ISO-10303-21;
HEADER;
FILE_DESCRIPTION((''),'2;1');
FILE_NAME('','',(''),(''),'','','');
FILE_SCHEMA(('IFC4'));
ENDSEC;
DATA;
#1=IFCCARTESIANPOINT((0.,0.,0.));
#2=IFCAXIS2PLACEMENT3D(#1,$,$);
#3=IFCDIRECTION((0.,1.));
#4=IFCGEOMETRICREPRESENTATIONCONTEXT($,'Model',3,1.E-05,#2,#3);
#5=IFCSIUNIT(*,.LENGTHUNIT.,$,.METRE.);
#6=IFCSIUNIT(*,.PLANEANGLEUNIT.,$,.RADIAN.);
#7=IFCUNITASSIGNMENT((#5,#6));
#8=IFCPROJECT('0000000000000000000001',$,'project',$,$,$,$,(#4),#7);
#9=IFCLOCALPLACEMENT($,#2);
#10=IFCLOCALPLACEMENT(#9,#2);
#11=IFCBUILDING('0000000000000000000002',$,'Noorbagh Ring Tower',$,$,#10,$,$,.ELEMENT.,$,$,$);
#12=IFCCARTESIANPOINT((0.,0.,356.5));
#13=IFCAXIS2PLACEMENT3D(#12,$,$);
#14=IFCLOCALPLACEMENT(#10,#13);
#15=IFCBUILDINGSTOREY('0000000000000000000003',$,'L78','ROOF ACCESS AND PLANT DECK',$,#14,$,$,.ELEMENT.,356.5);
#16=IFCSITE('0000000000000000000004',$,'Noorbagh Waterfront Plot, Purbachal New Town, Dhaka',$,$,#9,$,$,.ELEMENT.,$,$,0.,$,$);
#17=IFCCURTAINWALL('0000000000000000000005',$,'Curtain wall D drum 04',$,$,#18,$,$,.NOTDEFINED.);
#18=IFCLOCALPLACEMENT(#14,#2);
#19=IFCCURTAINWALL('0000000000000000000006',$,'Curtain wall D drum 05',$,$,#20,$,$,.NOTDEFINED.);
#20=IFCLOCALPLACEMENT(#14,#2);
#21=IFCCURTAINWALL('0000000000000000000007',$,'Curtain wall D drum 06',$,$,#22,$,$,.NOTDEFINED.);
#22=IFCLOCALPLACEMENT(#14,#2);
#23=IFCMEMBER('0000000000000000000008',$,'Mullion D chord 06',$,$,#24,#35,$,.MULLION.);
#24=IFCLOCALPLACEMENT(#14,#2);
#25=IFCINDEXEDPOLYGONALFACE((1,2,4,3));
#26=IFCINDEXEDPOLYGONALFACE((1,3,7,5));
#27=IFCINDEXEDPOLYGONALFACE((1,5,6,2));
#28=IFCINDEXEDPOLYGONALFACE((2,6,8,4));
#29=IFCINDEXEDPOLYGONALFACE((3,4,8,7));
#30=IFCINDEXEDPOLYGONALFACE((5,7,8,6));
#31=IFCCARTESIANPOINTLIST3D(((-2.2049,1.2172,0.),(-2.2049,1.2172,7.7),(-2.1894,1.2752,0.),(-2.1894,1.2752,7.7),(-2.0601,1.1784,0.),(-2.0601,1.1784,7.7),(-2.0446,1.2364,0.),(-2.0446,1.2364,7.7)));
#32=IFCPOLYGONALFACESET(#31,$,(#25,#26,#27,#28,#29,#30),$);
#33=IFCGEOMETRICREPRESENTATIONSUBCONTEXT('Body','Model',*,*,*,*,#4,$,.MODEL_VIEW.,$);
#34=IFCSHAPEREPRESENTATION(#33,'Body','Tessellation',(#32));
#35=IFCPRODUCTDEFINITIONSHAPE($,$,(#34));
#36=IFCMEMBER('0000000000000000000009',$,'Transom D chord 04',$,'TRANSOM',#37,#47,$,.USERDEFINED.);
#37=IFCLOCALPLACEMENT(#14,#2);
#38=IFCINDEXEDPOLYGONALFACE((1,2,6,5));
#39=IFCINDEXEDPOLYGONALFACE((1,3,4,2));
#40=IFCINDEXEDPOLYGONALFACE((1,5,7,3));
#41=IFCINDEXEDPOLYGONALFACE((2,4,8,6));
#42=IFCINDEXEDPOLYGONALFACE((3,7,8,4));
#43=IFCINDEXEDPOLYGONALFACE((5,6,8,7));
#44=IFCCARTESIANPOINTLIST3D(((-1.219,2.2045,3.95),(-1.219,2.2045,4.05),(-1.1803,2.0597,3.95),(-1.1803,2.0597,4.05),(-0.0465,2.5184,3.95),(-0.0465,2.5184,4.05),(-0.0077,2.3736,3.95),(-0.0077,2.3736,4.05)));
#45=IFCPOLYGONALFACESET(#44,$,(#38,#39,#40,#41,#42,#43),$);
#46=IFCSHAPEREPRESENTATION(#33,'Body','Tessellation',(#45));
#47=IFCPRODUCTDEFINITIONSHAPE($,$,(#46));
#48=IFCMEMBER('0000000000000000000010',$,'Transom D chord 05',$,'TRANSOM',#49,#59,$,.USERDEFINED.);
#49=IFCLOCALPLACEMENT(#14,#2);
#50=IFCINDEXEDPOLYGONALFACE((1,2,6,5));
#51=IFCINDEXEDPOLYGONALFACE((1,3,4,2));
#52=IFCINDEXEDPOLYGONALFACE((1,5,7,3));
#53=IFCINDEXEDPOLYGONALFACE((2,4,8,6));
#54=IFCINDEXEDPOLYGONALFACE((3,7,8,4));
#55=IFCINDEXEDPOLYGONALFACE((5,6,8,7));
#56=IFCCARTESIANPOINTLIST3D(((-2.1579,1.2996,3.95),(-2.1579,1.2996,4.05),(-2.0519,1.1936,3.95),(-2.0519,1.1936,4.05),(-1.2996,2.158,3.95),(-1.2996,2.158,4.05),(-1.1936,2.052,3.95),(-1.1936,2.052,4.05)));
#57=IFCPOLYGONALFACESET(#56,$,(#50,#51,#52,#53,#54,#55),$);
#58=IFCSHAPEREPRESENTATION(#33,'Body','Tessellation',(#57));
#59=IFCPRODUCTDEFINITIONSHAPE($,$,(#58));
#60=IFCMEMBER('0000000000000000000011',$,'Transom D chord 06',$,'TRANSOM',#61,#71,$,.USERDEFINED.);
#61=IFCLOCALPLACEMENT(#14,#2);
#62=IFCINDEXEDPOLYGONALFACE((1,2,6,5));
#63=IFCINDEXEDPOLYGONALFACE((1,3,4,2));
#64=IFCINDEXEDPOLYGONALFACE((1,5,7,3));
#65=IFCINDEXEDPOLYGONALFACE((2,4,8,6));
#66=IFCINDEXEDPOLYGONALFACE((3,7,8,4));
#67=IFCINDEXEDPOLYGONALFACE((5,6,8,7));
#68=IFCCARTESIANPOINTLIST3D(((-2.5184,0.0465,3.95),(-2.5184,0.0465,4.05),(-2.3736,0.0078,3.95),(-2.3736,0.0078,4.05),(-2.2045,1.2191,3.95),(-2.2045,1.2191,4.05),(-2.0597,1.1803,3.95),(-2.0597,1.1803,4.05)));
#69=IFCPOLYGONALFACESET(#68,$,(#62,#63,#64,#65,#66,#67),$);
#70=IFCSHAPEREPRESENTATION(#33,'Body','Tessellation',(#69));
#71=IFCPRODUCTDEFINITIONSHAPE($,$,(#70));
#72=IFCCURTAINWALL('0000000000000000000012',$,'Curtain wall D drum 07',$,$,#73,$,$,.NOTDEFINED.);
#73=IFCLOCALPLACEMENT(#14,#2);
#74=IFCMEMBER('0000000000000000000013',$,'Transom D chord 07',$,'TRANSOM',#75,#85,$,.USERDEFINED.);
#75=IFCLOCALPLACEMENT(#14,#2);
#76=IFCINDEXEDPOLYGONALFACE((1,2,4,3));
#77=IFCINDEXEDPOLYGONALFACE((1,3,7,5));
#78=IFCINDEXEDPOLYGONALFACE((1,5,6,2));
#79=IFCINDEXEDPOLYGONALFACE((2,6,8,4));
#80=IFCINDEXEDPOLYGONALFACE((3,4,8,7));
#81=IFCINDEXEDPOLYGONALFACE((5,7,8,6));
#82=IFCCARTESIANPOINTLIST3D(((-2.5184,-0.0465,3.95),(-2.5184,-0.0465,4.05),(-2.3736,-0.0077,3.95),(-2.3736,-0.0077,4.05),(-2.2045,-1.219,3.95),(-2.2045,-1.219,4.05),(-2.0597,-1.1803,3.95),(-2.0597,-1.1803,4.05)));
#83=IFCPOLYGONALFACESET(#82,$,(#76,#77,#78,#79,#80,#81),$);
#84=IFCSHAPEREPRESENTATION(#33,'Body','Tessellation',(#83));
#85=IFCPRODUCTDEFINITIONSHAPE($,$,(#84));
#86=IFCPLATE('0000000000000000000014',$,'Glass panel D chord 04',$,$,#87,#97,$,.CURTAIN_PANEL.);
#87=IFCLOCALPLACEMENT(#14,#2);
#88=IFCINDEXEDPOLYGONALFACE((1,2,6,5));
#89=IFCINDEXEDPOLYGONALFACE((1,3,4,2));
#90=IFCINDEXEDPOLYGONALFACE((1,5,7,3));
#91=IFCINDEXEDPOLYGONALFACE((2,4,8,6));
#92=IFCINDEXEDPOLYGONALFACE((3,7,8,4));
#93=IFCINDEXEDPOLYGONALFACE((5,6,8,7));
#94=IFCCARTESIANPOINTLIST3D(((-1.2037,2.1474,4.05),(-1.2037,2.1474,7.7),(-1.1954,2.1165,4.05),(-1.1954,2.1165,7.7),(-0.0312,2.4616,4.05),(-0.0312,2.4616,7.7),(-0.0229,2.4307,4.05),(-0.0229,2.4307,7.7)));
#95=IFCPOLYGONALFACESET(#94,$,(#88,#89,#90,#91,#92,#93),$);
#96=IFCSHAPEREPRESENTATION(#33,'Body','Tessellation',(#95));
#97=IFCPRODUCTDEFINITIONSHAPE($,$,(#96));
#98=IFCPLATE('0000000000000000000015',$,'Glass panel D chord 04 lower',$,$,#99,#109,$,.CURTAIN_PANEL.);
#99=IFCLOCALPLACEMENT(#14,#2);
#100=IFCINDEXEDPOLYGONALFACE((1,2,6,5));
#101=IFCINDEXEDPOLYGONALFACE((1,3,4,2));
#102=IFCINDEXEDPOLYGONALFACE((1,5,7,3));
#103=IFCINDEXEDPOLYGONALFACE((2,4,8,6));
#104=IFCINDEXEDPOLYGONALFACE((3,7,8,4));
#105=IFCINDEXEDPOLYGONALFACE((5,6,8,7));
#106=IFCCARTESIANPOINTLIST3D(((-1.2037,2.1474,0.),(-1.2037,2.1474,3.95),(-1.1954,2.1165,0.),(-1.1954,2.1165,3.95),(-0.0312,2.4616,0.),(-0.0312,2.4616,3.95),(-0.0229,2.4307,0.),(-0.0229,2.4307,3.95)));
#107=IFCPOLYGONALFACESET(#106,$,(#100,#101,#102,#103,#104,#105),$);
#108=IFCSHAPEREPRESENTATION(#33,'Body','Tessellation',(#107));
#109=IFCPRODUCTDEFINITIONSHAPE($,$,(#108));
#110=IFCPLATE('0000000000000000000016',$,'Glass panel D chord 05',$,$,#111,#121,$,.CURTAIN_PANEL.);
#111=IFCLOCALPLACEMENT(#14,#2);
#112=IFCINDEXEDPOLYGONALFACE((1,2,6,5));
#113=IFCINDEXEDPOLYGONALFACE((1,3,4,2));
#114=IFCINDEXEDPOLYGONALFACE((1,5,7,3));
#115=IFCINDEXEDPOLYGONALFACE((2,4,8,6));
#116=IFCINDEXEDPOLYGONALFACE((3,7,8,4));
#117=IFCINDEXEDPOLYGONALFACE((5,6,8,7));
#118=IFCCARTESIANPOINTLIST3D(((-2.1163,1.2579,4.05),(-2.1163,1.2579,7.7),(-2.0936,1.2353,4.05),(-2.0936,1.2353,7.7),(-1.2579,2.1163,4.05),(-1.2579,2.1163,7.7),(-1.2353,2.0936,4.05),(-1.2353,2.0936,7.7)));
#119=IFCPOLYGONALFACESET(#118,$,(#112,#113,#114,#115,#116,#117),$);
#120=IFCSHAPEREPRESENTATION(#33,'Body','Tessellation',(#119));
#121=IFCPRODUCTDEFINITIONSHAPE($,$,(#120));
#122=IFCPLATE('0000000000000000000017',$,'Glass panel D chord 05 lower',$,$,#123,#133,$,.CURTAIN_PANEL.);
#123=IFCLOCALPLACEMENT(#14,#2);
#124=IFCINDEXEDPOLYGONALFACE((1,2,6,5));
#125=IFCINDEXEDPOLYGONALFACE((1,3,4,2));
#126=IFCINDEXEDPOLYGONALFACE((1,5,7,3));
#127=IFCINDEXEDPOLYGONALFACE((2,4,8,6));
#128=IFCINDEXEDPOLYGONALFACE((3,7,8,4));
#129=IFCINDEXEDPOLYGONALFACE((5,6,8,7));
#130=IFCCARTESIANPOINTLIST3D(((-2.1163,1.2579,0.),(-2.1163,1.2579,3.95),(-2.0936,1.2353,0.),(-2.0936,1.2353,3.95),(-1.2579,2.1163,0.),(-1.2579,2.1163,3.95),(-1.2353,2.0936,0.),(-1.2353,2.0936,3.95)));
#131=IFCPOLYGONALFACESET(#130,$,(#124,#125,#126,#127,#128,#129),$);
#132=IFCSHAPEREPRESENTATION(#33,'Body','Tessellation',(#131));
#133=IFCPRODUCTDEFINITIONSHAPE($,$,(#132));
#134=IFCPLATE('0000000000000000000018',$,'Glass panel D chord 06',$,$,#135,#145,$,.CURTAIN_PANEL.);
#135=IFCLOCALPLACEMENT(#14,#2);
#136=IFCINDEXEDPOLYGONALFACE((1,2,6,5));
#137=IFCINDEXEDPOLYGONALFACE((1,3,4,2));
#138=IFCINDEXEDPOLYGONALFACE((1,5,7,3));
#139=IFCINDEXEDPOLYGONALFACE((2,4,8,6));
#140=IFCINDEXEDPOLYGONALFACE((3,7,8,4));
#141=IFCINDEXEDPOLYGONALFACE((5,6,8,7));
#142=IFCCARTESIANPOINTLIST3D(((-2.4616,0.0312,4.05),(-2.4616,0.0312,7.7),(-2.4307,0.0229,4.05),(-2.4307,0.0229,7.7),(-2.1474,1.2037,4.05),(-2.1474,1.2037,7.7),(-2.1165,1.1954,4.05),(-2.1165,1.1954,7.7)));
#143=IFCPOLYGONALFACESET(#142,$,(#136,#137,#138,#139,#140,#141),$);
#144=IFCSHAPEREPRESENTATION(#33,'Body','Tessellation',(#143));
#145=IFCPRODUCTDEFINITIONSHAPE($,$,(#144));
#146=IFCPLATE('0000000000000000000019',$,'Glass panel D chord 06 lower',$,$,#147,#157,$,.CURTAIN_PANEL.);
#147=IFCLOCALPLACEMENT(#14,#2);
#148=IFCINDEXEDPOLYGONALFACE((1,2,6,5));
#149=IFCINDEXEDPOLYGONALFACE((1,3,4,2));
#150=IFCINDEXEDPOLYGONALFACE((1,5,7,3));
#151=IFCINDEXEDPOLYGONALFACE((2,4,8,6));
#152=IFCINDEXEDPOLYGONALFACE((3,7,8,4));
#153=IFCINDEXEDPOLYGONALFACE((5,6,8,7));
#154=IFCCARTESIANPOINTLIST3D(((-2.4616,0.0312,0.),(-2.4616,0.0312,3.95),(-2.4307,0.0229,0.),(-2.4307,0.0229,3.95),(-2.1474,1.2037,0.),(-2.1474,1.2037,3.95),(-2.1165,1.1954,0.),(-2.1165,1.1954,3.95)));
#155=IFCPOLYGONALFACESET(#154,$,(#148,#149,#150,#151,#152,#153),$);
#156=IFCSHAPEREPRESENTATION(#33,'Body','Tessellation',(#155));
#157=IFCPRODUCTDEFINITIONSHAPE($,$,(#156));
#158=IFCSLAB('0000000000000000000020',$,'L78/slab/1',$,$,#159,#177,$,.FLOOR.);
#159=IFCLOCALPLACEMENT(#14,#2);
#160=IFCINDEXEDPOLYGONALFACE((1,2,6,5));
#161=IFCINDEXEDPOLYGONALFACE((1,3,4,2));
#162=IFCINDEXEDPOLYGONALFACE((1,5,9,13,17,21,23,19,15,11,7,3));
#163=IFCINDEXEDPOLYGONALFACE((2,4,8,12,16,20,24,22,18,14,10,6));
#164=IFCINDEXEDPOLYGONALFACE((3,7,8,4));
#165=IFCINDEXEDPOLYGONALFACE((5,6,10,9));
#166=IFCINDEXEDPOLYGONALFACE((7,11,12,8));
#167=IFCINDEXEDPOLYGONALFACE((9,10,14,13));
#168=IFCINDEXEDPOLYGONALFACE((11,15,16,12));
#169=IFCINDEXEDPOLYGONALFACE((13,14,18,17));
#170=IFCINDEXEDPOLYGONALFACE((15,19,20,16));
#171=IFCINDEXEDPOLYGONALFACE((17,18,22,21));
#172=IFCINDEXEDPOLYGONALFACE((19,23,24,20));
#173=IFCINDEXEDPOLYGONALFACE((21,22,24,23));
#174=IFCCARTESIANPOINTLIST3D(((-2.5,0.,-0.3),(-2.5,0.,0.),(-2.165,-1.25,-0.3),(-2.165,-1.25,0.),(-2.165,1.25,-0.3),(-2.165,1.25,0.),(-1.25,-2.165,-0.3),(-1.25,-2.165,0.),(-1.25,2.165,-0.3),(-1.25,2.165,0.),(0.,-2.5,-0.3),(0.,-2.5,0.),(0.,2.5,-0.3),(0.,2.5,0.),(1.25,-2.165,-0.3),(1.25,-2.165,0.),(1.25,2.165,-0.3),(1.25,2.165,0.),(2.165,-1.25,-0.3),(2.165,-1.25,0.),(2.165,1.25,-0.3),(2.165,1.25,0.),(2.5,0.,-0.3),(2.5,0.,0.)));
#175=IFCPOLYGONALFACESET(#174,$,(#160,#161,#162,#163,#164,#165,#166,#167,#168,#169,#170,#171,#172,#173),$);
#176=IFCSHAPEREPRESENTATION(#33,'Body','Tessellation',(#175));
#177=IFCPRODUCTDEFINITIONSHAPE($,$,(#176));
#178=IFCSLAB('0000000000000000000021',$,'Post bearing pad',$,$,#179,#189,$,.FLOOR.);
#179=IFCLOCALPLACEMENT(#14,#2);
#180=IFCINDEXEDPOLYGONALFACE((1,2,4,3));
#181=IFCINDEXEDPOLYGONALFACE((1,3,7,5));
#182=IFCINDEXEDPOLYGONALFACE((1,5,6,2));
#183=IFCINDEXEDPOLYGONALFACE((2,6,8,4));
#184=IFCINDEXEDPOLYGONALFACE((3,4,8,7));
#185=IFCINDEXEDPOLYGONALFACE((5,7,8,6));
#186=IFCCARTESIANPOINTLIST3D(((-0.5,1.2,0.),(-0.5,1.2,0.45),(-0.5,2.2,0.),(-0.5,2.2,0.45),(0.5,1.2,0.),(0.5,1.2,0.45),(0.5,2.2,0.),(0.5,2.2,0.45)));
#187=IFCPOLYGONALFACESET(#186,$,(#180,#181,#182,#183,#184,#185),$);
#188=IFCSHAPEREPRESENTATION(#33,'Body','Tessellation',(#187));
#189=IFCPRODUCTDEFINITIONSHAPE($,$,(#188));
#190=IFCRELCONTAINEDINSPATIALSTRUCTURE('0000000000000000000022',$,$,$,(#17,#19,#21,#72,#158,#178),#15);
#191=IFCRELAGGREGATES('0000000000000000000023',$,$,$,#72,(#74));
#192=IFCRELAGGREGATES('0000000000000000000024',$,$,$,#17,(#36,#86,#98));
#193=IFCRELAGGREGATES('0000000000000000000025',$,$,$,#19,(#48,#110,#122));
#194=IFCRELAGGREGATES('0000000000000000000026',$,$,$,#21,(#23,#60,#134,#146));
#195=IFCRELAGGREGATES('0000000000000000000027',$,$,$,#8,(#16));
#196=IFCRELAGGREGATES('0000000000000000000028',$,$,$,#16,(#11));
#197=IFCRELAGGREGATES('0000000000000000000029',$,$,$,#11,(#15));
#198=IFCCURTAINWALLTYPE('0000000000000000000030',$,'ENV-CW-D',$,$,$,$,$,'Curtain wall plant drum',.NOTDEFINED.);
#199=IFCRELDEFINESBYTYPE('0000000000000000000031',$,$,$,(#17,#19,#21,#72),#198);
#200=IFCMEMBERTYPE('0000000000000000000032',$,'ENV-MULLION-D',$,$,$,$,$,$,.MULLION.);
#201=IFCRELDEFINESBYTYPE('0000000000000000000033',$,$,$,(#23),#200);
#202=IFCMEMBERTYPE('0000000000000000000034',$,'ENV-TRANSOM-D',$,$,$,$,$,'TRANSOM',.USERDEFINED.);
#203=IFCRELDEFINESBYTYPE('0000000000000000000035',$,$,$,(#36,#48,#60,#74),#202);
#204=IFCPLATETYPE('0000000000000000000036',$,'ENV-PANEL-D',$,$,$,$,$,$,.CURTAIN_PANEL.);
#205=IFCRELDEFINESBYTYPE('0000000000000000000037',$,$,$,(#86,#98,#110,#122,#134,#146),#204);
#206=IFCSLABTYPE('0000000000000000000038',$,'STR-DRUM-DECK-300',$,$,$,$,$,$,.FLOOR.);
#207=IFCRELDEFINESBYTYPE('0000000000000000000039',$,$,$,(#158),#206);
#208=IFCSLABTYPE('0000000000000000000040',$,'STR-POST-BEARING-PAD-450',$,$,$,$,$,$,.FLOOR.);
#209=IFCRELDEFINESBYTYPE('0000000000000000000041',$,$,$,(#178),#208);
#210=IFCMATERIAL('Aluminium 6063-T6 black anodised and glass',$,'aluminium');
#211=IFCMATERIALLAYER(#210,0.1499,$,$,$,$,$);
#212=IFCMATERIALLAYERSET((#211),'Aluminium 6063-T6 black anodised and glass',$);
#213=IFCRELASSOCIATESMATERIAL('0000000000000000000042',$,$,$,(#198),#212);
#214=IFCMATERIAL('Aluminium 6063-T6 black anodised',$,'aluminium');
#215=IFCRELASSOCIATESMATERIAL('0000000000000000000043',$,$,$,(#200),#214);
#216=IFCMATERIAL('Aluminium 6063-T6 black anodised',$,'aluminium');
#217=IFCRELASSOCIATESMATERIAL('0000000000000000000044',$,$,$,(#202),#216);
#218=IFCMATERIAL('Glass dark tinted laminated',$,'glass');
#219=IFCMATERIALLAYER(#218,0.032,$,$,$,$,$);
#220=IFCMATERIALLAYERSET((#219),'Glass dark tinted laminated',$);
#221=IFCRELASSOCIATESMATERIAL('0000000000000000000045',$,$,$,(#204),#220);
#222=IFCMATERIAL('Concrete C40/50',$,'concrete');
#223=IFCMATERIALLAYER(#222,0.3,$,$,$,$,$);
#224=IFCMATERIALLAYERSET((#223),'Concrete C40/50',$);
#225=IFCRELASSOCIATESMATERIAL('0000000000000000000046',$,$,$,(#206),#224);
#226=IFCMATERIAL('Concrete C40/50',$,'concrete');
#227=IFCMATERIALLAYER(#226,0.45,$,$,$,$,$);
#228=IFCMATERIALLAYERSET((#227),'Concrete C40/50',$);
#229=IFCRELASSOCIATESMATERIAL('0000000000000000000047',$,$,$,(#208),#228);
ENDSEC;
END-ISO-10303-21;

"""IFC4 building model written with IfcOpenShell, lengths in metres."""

from ifc_helpers import new_model, si_unit, direction, frame, origin, origin_2d, place, context, subcontext, project, spatial, polyline, rectangle, outline, extrude, material, layer, layer_set, material_profile, profile_set, type_object, element, aggregate, save


model = new_model("IFC4")

# Units and contexts
model_context = context("Model", 3, precision=1e-05, world=origin(), true_north=direction((0.0, 1.0)))
body_context = subcontext(model_context, "Body", "Model", "MODEL_VIEW")
ifc_project = project(units=[si_unit("LENGTHUNIT", "METRE"), si_unit("PLANEANGLEUNIT", "RADIAN")], contexts=[model_context])

# Site, building, storey
site_placement = place(None, origin())
site = spatial("IfcSite", under=ifc_project, at=site_placement, Name="Noorbagh Waterfront Plot, Purbachal New Town, Dhaka", CompositionType="ELEMENT", RefElevation=0.0)
building_placement = place(site_placement, origin())
building = spatial("IfcBuilding", under=site, at=building_placement, Name="Noorbagh Ring Tower", CompositionType="ELEMENT")
storey_placement = place(building_placement, frame((0.0, 0.0, 356.5)))
storey = spatial("IfcBuildingStorey", under=building, at=storey_placement, Name="L78", Description="ROOF ACCESS AND PLANT DECK", CompositionType="ELEMENT", Elevation=356.5)

# Curtain walls, member
ifc_material_1 = material(Name="Aluminium 6063-T6 black anodised and glass", Category="aluminium")
ifc_layer_1 = layer(ifc_material_1, 0.1499)
ifc_layer_set_1 = layer_set([ifc_layer_1], Name="Aluminium 6063-T6 black anodised and glass")
curtain_wall_type = type_object("IfcCurtainWallType", Name="ENV-CW-D", ElementType="Curtain wall plant drum", PredefinedType="NOTDEFINED", material=ifc_layer_set_1)
curtain_wall_1_placement = place(storey_placement, origin())
curtain_wall_1 = element("IfcCurtainWall", 1, at=curtain_wall_1_placement, inside=storey, type_object=curtain_wall_type, Name="Curtain wall D drum 04", PredefinedType="NOTDEFINED")
ifc_material_2 = material(Name="Aluminium 6063-T6 black anodised", Category="aluminium")
ifc_material_profile_1 = material_profile(ifc_material_2, rectangle(XDim=0.1499, YDim=0.0601, at=origin_2d()), Name="150x60")
ifc_profile_set_1 = profile_set([ifc_material_profile_1], Name="Aluminium 6063-T6 black anodised")
member_type_1 = type_object("IfcMemberType", Name="ENV-MULLION-D", PredefinedType="MULLION", material=ifc_profile_set_1)
curtain_wall_2_placement = place(storey_placement, origin())
curtain_wall_2 = element("IfcCurtainWall", 2, at=curtain_wall_2_placement, inside=storey, type_object=curtain_wall_type, Name="Curtain wall D drum 05", PredefinedType="NOTDEFINED")
curtain_wall_3_placement = place(storey_placement, origin())
curtain_wall_3 = element("IfcCurtainWall", 3, at=curtain_wall_3_placement, inside=storey, type_object=curtain_wall_type, Name="Curtain wall D drum 06", PredefinedType="NOTDEFINED")
member_1_placement = place(storey_placement, frame((-2.1248, 1.2268, 0.0), z_axis=(0.0, 0.0, 1.0), x_axis=(0.965926, -0.258819, 0.0)))
member_1 = element("IfcMember", 4, at=member_1_placement, type_object=member_type_1, Name="Mullion D chord 06", PredefinedType="MULLION", context=body_context, shape_type="SweptSolid", body=[
    extrude(rectangle(XDim=0.1499, YDim=0.0601, at=origin_2d()), origin(), (0.0, 0.0, 1.0), 7.7),
])

# Members
ifc_material_3 = material(Name="Aluminium 6063-T6 black anodised", Category="aluminium")
ifc_material_profile_2 = material_profile(ifc_material_3, rectangle(XDim=0.1499, YDim=0.1001, at=origin_2d()), Name="150x100")
ifc_profile_set_2 = profile_set([ifc_material_profile_2], Name="Aluminium 6063-T6 black anodised")
member_type_2 = type_object("IfcMemberType", Name="ENV-TRANSOM-D", ElementType="TRANSOM", PredefinedType="USERDEFINED", material=ifc_profile_set_2)
placement = place(building_placement, frame((0.0, 0.0, 360.1499)))
member_2_placement = place(placement, frame((-0.0271, 2.446, 0.3501), z_axis=(-0.965974, -0.258639, 0.0), x_axis=(0.258639, -0.965974, 0.0)))
member_2 = element("IfcMember", 5, at=member_2_placement, type_object=member_type_2, Name="Transom D chord 04", ObjectType="TRANSOM", PredefinedType="USERDEFINED", context=body_context, shape_type="SweptSolid", body=[
    extrude(rectangle(XDim=0.1499, YDim=0.1001, at=origin_2d()), origin(), (0.0, 0.0, 1.0), 1.2139),
])
member_3_placement = place(placement, frame((-1.2466, 2.105, 0.3501), z_axis=(-0.707107, -0.707107, 0.0), x_axis=(0.707107, -0.707107, 0.0)))
member_3 = element("IfcMember", 6, at=member_3_placement, type_object=member_type_2, Name="Transom D chord 05", ObjectType="TRANSOM", PredefinedType="USERDEFINED", context=body_context, shape_type="SweptSolid", body=[
    extrude(rectangle(XDim=0.1499, YDim=0.1001, at=origin_2d()), origin(), (0.0, 0.0, 1.0), 1.2139),
])
member_4_placement = place(placement, frame((-2.1321, 1.1997, 0.3501), z_axis=(-0.258639, -0.965974, 0.0), x_axis=(0.965974, -0.258639, 0.0)))
member_4 = element("IfcMember", 7, at=member_4_placement, type_object=member_type_2, Name="Transom D chord 06", ObjectType="TRANSOM", PredefinedType="USERDEFINED", context=body_context, shape_type="SweptSolid", body=[
    extrude(rectangle(XDim=0.1499, YDim=0.1001, at=origin_2d()), origin(), (0.0, 0.0, 1.0), 1.2139),
])

# Curtain wall, member
curtain_wall_4_placement = place(storey_placement, origin())
curtain_wall_4 = element("IfcCurtainWall", 8, at=curtain_wall_4_placement, inside=storey, type_object=curtain_wall_type, Name="Curtain wall D drum 07", PredefinedType="NOTDEFINED")
member_5_placement = place(placement, frame((-2.446, -0.0271, 0.3501), z_axis=(0.258639, -0.965974, 0.0), x_axis=(0.965974, 0.258639, 0.0)))
member_5 = element("IfcMember", 9, at=member_5_placement, type_object=member_type_2, Name="Transom D chord 07", ObjectType="TRANSOM", PredefinedType="USERDEFINED", context=body_context, shape_type="SweptSolid", body=[
    extrude(rectangle(XDim=0.1499, YDim=0.1001, at=origin_2d()), origin(), (0.0, 0.0, 1.0), 1.2139),
])
aggregate(curtain_wall_4, [member_5])

# Plates
ifc_material_4 = material(Name="Glass dark tinted laminated", Category="glass")
ifc_layer_2 = layer(ifc_material_4, 0.032)
ifc_layer_set_2 = layer_set([ifc_layer_2], Name="Glass dark tinted laminated")
plate_type = type_object("IfcPlateType", Name="ENV-PANEL-D", PredefinedType="CURTAIN_PANEL", material=ifc_layer_set_2)
plate_1_placement = place(placement, frame((-0.6133, 2.2891, 0.4001), z_axis=(0.0, 0.0, 1.0), x_axis=(-0.965926, -0.258819, 0.0)))
plate_1 = element("IfcPlate", 10, at=plate_1_placement, type_object=plate_type, Name="Glass panel D chord 04", PredefinedType="CURTAIN_PANEL", context=body_context, shape_type="SweptSolid", body=[
    extrude(rectangle(XDim=1.2139, YDim=0.032, at=origin_2d()), origin(), (0.0, 0.0, 1.0), 3.6499),
])
plate_2_placement = place(storey_placement, frame((-0.6133, 2.2891, 0.0), z_axis=(0.0, 0.0, 1.0), x_axis=(-0.965926, -0.258819, 0.0)))
plate_2 = element("IfcPlate", 11, at=plate_2_placement, type_object=plate_type, Name="Glass panel D chord 04 lower", PredefinedType="CURTAIN_PANEL", context=body_context, shape_type="SweptSolid", body=[
    extrude(rectangle(XDim=1.2139, YDim=0.032, at=origin_2d()), origin(), (0.0, 0.0, 1.0), 3.95),
])
plate_3_placement = place(placement, frame((-1.6758, 1.6758, 0.4001), z_axis=(0.0, 0.0, 1.0), x_axis=(-0.707107, -0.707107, 0.0)))
plate_3 = element("IfcPlate", 12, at=plate_3_placement, type_object=plate_type, Name="Glass panel D chord 05", PredefinedType="CURTAIN_PANEL", context=body_context, shape_type="SweptSolid", body=[
    extrude(rectangle(XDim=1.2139, YDim=0.032, at=origin_2d()), origin(), (0.0, 0.0, 1.0), 3.6499),
])
plate_4_placement = place(storey_placement, frame((-1.6758, 1.6758, 0.0), z_axis=(0.0, 0.0, 1.0), x_axis=(-0.707107, -0.707107, 0.0)))
plate_4 = element("IfcPlate", 13, at=plate_4_placement, type_object=plate_type, Name="Glass panel D chord 05 lower", PredefinedType="CURTAIN_PANEL", context=body_context, shape_type="SweptSolid", body=[
    extrude(rectangle(XDim=1.2139, YDim=0.032, at=origin_2d()), origin(), (0.0, 0.0, 1.0), 3.95),
])
plate_5_placement = place(placement, frame((-2.2891, 0.6133, 0.4001), z_axis=(0.0, 0.0, 1.0), x_axis=(-0.258819, -0.965926, 0.0)))
plate_5 = element("IfcPlate", 14, at=plate_5_placement, type_object=plate_type, Name="Glass panel D chord 06", PredefinedType="CURTAIN_PANEL", context=body_context, shape_type="SweptSolid", body=[
    extrude(rectangle(XDim=1.2139, YDim=0.032, at=origin_2d()), origin(), (0.0, 0.0, 1.0), 3.6499),
])
plate_6_placement = place(storey_placement, frame((-2.2891, 0.6133, 0.0), z_axis=(0.0, 0.0, 1.0), x_axis=(-0.258819, -0.965926, 0.0)))
plate_6 = element("IfcPlate", 15, at=plate_6_placement, type_object=plate_type, Name="Glass panel D chord 06 lower", PredefinedType="CURTAIN_PANEL", context=body_context, shape_type="SweptSolid", body=[
    extrude(rectangle(XDim=1.2139, YDim=0.032, at=origin_2d()), origin(), (0.0, 0.0, 1.0), 3.95),
])

# Slabs
ifc_material_5 = material(Name="Concrete C40/50", Category="concrete")
ifc_layer_3 = layer(ifc_material_5, 0.3)
ifc_layer_set_3 = layer_set([ifc_layer_3], Name="Concrete C40/50")
slab_type_1 = type_object("IfcSlabType", Name="STR-DRUM-DECK-300", PredefinedType="FLOOR", material=ifc_layer_set_3)
slab_1_placement = place(storey_placement, frame((0.0, 0.0, -0.3)))
element("IfcSlab", 16, at=slab_1_placement, inside=storey, type_object=slab_type_1, Name="L78/slab/1", PredefinedType="FLOOR", context=body_context, shape_type="SweptSolid", body=[
    extrude(outline(polyline([(2.5, 0.0), (2.165, 1.25), (1.25, 2.165), (0.0, 2.5), (-1.25, 2.165), (-2.165, 1.25), (-2.5, 0.0), (-2.165, -1.25), (-1.25, -2.165), (0.0, -2.5), (1.25, -2.165), (2.165, -1.25), (2.5, 0.0)])), origin(), (0.0, 0.0, 1.0), 0.3),
])
ifc_material_6 = material(Name="Concrete C40/50", Category="concrete")
ifc_layer_4 = layer(ifc_material_6, 0.45)
ifc_layer_set_4 = layer_set([ifc_layer_4], Name="Concrete C40/50")
slab_type_2 = type_object("IfcSlabType", Name="STR-POST-BEARING-PAD-450", PredefinedType="FLOOR", material=ifc_layer_set_4)
for number, where, z_axis, x_axis, name in (
    (17, (0.0, 1.7, 0.0), (0.0, 0.0, 1.0), (1.0, 0.0, 0.0), "Post bearing pad"),
):
    element("IfcSlab", number, at=place(storey_placement, frame(where, z_axis=z_axis, x_axis=x_axis)), inside=storey, type_object=slab_type_2, Name=name, PredefinedType="FLOOR", context=body_context, shape_type="SweptSolid", body=[
        extrude(rectangle(XDim=1.0, YDim=1.0, at=origin_2d()), origin(), (0.0, 0.0, 1.0), 0.45),
    ])

aggregate(curtain_wall_1, [member_2, plate_1, plate_2])
aggregate(curtain_wall_2, [member_3, plate_3, plate_4])
aggregate(curtain_wall_3, [member_1, member_4, plate_5, plate_6])

save(model, "model.ifc")
